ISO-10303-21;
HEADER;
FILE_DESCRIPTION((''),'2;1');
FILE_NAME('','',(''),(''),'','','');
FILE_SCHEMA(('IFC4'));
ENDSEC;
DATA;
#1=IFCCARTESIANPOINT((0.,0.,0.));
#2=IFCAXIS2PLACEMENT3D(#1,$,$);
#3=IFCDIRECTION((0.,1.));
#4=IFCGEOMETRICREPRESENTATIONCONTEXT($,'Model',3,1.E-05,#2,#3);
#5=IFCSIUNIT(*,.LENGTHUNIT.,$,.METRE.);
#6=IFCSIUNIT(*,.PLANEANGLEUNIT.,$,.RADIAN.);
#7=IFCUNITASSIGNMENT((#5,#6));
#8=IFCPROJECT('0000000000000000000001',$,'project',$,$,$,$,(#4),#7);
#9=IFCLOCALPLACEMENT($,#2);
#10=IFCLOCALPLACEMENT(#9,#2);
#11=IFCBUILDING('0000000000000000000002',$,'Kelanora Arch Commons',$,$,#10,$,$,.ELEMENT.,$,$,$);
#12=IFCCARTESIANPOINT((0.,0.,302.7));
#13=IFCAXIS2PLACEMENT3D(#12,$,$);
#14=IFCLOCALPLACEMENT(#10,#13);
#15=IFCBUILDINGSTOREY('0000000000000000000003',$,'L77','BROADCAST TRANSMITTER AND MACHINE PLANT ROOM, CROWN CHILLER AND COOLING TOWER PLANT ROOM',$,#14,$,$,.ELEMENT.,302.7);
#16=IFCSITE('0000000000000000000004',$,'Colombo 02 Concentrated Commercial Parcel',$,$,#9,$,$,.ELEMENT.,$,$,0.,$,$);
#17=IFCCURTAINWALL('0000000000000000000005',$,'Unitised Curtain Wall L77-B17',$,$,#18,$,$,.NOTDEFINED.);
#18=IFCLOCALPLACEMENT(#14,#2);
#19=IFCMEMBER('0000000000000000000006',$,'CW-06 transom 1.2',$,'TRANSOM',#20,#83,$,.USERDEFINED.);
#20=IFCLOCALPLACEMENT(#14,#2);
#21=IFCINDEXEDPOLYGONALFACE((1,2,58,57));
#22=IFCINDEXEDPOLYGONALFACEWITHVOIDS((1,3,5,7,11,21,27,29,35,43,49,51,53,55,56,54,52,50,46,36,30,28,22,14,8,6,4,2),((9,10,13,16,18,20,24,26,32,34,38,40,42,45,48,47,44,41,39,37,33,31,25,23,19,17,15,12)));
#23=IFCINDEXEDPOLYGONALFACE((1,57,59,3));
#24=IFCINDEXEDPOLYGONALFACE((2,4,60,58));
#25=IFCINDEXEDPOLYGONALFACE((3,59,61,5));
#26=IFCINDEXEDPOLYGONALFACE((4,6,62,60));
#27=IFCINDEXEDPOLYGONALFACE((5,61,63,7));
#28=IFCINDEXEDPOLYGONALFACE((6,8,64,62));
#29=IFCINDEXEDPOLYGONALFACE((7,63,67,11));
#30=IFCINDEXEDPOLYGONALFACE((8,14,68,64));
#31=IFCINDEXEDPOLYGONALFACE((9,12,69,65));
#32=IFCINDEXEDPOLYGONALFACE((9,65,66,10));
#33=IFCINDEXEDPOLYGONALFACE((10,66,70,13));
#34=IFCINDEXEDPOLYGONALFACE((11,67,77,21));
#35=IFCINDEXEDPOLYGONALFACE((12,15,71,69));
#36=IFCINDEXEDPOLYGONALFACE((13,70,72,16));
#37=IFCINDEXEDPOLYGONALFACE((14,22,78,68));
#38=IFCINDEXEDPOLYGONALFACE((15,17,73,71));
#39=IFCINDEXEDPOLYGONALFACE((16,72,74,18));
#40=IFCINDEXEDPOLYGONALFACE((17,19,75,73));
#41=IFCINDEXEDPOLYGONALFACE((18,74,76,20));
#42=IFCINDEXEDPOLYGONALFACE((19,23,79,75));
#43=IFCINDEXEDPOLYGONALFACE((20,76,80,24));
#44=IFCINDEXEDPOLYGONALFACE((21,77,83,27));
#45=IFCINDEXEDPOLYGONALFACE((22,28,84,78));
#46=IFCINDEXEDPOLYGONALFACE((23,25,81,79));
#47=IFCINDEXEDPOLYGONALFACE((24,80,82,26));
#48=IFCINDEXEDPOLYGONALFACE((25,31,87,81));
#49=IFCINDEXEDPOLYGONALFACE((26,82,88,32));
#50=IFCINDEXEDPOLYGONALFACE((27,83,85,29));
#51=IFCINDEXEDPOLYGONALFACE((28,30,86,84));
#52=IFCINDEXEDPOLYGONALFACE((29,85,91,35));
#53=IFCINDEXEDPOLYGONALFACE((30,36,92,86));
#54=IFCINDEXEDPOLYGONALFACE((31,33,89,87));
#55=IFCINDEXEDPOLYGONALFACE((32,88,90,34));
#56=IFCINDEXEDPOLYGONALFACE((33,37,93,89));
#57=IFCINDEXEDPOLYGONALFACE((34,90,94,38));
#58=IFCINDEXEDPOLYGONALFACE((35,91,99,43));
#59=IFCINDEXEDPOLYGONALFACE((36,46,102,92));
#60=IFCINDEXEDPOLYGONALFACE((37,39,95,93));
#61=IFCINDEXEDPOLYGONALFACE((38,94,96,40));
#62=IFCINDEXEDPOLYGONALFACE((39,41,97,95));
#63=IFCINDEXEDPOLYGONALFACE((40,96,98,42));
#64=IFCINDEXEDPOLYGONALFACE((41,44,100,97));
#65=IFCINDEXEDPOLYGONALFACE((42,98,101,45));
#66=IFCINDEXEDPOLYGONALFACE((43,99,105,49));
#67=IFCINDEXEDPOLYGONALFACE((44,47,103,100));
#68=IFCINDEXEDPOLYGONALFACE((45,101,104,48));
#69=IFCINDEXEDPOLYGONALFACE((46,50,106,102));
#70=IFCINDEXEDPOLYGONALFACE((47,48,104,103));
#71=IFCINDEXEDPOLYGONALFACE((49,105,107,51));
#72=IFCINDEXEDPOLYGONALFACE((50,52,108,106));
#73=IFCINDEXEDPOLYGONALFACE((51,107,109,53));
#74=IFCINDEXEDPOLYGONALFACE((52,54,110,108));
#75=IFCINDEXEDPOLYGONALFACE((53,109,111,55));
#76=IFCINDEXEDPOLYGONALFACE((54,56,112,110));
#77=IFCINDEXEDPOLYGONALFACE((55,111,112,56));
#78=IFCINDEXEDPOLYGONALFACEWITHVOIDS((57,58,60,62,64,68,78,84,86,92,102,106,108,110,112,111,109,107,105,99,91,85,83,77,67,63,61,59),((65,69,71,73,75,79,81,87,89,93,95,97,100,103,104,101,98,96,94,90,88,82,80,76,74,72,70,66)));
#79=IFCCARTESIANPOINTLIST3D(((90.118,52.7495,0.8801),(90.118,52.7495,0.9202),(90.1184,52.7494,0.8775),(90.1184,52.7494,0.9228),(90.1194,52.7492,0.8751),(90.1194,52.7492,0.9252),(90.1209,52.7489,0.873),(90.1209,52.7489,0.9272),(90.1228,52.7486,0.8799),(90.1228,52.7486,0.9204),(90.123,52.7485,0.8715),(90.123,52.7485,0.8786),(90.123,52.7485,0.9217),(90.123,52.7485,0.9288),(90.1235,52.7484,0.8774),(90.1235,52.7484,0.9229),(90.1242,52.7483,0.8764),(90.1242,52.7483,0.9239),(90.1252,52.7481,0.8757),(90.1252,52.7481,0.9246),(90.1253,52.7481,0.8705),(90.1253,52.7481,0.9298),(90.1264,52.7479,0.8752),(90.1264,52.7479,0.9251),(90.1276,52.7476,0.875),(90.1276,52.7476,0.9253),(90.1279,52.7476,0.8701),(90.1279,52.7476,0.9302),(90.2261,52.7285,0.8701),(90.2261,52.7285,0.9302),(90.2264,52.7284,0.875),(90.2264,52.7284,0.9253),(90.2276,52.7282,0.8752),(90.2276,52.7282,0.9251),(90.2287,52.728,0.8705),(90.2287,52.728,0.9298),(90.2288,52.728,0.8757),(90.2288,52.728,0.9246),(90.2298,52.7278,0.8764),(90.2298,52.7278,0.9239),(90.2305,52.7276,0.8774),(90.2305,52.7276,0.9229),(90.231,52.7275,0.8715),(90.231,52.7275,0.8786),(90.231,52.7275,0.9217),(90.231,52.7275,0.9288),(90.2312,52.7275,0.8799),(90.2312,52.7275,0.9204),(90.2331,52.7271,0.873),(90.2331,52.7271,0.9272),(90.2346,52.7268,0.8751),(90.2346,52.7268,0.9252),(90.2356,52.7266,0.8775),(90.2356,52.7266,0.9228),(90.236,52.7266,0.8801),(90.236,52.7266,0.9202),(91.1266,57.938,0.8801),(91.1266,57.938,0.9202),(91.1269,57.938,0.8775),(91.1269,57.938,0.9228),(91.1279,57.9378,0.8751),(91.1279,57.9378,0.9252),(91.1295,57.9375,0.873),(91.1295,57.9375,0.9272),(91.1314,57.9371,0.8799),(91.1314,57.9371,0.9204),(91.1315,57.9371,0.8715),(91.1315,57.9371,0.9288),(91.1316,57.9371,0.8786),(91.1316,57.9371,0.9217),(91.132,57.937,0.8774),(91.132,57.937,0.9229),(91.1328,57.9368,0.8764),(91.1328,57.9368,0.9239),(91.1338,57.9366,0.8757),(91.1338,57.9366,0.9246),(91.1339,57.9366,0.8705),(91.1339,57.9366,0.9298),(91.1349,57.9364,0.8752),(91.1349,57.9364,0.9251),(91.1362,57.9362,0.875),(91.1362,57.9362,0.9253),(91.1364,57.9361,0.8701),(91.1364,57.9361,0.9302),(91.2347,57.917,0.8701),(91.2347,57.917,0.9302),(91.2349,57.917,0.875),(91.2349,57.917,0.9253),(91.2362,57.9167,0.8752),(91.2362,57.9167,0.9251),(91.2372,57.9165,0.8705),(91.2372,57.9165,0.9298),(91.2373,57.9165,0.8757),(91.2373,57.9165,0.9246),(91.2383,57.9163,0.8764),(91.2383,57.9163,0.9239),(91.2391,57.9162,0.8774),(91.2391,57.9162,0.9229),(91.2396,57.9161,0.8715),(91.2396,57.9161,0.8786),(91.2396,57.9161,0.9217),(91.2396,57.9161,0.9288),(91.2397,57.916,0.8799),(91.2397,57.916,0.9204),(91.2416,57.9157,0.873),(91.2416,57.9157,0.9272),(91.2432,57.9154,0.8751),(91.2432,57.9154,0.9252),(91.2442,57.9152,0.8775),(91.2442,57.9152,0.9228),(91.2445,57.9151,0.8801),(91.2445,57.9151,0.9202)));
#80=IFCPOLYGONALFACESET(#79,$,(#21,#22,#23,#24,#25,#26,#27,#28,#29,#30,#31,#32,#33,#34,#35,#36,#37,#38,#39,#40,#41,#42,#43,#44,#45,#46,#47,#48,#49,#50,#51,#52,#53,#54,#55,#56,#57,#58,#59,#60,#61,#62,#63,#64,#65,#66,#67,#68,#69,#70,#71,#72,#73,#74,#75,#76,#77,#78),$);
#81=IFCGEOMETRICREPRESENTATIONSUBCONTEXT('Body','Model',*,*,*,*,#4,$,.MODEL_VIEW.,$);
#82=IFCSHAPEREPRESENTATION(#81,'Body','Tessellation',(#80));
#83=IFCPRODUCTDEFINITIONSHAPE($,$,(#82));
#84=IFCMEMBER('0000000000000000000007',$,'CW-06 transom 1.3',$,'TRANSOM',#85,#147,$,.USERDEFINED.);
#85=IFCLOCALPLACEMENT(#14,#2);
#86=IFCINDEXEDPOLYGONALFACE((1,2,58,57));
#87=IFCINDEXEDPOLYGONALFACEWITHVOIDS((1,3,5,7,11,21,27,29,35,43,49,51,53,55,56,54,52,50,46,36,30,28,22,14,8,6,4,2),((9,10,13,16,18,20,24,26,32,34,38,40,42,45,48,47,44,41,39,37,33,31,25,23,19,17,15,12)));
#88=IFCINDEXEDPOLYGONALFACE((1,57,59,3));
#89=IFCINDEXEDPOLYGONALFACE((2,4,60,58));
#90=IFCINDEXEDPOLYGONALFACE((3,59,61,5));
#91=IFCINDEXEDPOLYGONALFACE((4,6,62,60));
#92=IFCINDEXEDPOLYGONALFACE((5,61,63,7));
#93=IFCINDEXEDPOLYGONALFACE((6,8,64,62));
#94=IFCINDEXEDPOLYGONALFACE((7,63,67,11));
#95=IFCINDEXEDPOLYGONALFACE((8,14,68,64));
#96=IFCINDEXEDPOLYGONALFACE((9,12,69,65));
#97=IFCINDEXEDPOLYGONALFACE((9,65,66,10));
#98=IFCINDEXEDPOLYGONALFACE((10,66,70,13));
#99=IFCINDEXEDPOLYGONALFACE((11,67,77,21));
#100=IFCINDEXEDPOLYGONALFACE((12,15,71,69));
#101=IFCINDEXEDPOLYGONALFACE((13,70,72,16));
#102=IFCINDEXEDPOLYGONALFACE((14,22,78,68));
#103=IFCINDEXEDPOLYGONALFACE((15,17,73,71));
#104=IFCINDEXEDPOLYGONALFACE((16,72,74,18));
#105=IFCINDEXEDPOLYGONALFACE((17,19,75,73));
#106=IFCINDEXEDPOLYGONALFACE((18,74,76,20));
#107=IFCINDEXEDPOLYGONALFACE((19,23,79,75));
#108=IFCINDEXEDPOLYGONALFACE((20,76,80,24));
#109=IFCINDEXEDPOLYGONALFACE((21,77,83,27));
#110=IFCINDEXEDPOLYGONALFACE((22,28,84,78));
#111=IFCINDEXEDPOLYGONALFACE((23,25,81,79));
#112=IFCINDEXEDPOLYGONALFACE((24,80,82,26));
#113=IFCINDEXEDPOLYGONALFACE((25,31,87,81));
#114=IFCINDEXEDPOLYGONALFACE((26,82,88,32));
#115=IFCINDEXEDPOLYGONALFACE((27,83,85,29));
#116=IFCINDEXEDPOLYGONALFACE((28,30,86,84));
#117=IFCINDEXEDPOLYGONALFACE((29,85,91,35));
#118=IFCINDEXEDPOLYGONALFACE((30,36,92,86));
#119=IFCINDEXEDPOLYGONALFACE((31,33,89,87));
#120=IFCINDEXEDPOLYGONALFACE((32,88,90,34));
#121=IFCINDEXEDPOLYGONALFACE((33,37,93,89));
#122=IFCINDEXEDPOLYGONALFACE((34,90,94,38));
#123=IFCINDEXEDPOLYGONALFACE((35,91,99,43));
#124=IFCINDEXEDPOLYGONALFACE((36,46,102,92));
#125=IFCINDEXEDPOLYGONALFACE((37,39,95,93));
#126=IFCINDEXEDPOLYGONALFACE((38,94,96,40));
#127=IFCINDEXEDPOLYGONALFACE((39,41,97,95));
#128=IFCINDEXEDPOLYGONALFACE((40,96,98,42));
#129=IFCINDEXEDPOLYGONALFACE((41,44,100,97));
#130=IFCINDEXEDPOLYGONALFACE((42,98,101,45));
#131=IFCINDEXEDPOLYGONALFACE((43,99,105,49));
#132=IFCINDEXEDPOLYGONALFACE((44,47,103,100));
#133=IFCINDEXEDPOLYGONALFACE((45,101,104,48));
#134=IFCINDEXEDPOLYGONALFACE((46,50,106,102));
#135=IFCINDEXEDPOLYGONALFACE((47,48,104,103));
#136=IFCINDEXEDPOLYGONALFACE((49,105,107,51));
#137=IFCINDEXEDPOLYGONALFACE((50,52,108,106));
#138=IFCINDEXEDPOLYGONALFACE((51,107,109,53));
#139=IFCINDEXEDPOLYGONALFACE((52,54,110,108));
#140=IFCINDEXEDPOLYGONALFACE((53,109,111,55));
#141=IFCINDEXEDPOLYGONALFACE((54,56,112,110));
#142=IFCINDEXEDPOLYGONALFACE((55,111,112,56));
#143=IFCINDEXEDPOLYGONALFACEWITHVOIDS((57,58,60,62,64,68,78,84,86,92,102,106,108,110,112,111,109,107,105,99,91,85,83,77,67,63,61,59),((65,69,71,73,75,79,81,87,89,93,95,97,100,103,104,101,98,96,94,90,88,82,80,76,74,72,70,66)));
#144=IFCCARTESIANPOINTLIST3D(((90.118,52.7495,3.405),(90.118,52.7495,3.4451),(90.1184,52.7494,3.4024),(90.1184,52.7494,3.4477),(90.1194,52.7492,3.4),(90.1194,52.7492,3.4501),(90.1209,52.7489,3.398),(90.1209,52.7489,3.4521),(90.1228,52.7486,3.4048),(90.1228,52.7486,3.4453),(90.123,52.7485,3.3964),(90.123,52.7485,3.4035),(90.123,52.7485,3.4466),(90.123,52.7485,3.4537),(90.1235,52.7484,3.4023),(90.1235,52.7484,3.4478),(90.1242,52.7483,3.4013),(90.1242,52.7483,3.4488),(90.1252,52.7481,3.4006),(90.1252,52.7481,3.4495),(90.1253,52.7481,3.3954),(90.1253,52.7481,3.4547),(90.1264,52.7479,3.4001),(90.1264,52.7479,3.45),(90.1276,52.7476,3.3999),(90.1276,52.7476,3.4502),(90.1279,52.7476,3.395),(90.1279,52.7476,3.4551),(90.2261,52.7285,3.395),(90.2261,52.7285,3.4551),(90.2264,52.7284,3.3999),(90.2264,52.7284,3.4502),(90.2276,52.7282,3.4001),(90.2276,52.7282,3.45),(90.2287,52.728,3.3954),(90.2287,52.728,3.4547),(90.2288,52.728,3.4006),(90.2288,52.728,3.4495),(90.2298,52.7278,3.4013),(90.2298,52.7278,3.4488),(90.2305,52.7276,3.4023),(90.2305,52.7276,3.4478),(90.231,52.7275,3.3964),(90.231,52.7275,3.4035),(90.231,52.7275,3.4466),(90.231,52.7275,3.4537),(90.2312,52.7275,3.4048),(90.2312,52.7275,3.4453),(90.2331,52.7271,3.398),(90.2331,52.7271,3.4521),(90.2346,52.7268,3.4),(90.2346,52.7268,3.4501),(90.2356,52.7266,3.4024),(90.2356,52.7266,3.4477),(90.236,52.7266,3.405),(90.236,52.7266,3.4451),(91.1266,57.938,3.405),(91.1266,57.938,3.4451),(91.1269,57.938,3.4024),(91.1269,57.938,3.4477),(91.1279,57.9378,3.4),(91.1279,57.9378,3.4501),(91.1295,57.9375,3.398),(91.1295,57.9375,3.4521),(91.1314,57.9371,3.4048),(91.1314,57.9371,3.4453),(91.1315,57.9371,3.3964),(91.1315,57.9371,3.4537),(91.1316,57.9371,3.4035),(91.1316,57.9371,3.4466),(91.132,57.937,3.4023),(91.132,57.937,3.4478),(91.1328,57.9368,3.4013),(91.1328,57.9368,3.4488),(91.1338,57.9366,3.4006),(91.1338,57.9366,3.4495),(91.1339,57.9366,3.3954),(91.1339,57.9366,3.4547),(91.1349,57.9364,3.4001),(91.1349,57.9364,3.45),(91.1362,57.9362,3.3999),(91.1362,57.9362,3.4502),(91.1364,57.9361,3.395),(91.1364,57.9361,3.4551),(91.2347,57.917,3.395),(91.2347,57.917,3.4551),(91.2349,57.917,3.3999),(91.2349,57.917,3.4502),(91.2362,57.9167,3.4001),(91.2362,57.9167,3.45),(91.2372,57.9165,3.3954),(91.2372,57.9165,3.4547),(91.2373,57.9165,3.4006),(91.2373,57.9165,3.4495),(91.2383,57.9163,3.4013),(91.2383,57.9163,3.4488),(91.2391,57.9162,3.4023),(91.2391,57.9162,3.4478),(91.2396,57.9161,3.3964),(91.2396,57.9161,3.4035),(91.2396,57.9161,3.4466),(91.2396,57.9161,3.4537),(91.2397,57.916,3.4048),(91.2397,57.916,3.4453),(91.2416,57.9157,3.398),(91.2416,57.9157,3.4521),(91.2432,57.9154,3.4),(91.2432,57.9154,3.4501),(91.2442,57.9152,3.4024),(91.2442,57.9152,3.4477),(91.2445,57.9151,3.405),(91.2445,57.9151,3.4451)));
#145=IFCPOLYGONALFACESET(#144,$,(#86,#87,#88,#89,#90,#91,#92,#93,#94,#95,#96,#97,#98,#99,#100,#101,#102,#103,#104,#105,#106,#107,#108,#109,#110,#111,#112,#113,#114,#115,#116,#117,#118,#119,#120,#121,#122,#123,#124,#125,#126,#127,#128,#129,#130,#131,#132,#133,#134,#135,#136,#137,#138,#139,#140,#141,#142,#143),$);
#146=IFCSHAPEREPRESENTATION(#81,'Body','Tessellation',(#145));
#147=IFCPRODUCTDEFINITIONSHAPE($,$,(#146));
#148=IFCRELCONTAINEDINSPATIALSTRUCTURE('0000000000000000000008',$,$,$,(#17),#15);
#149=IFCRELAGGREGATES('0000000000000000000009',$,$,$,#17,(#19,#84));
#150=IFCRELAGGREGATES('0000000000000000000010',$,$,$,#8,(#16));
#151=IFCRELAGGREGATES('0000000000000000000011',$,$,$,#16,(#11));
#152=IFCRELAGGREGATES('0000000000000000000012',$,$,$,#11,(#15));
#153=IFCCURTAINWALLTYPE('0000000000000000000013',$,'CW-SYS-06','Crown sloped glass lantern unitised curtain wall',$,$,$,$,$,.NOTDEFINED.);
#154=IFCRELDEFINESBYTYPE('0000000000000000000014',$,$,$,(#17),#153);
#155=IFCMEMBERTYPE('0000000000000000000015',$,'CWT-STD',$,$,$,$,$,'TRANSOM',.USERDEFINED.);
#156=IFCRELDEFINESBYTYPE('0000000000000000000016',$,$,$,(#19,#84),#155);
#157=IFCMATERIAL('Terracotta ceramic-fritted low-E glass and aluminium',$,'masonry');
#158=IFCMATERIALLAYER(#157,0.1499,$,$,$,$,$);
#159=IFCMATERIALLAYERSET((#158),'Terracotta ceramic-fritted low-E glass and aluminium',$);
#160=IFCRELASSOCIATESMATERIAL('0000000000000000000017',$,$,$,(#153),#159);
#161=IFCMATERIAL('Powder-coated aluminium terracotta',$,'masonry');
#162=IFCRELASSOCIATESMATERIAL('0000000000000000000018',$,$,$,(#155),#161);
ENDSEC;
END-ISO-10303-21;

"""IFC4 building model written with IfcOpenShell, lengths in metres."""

from ifc_helpers import new_model, si_unit, direction, frame, origin, origin_2d, place, context, subcontext, project, spatial, hollow_rectangle, extrude, material, layer, layer_set, material_profile, profile_set, type_object, element, aggregate, save


model = new_model("IFC4")

# Units and contexts
model_context = context("Model", 3, precision=1e-05, world=origin(), true_north=direction((0.0, 1.0)))
body_context = subcontext(model_context, "Body", "Model", "MODEL_VIEW")
ifc_project = project(units=[si_unit("LENGTHUNIT", "METRE"), si_unit("PLANEANGLEUNIT", "RADIAN")], contexts=[model_context])

# Site, building, storey
site_placement = place(None, origin())
site = spatial("IfcSite", under=ifc_project, at=site_placement, Name="Colombo 02 Concentrated Commercial Parcel", CompositionType="ELEMENT", RefElevation=0.0)
building_placement = place(site_placement, origin())
building = spatial("IfcBuilding", under=site, at=building_placement, Name="Kelanora Arch Commons", CompositionType="ELEMENT")
storey_placement = place(building_placement, frame((0.0, 0.0, 302.7)))
storey = spatial("IfcBuildingStorey", under=building, at=storey_placement, Name="L77", Description="BROADCAST TRANSMITTER AND MACHINE PLANT ROOM, CROWN CHILLER AND COOLING TOWER PLANT ROOM", CompositionType="ELEMENT", Elevation=302.7)

# Shared definitions
ifc_material_1 = material(Name="Terracotta ceramic-fritted low-E glass and aluminium", Category="masonry")
ifc_layer_1 = layer(ifc_material_1, 0.1499)
ifc_layer_set_1 = layer_set([ifc_layer_1], Name="Terracotta ceramic-fritted low-E glass and aluminium")
curtain_wall_type = type_object("IfcCurtainWallType", Name="CW-SYS-06", Description="Crown sloped glass lantern unitised curtain wall", PredefinedType="NOTDEFINED", material=ifc_layer_set_1)
ifc_material_2 = material(Name="Powder-coated aluminium terracotta", Category="masonry")

# Curtain wall, members
curtain_wall_1_placement = place(storey_placement, origin())
curtain_wall_1 = element("IfcCurtainWall", 1, at=curtain_wall_1_placement, inside=storey, type_object=curtain_wall_type, Name="Unitised Curtain Wall L77-B17", PredefinedType="NOTDEFINED")
ifc_material_profile_1 = material_profile(ifc_material_2, hollow_rectangle(XDim=0.1201, YDim=0.0601, WallThickness=0.0049, InnerFilletRadius=0.0049, OuterFilletRadius=0.01, at=origin_2d()), Name="CWT120x60")
ifc_profile_set_1 = profile_set([ifc_material_profile_1], Name="Powder-coated aluminium terracotta")
member_type_1 = type_object("IfcMemberType", Name="CWT-STD", ElementType="TRANSOM", PredefinedType="USERDEFINED", material=ifc_profile_set_1)
member_1_placement = place(storey_placement, frame((90.177, 52.738, 0.9001), z_axis=(0.19081, 0.981627, 0.0), x_axis=(-0.981627, 0.19081, 0.0)))
member_1 = element("IfcMember", 2, at=member_1_placement, type_object=member_type_1, Name="CW-06 transom 1.2", ObjectType="TRANSOM", PredefinedType="USERDEFINED", context=body_context, shape_type="SweptSolid", body=[
    extrude(hollow_rectangle(XDim=0.1201, YDim=0.0601, WallThickness=0.0049, InnerFilletRadius=0.0049, OuterFilletRadius=0.01, at=origin_2d()), origin(), (0.0, 0.0, 1.0), 5.2856),
])
member_2_placement = place(storey_placement, frame((90.177, 52.738, 3.425), z_axis=(0.19081, 0.981627, 0.0), x_axis=(-0.981627, 0.19081, 0.0)))
member_2 = element("IfcMember", 3, at=member_2_placement, type_object=member_type_1, Name="CW-06 transom 1.3", ObjectType="TRANSOM", PredefinedType="USERDEFINED", context=body_context, shape_type="SweptSolid", body=[
    extrude(hollow_rectangle(XDim=0.1201, YDim=0.0601, WallThickness=0.0049, InnerFilletRadius=0.0049, OuterFilletRadius=0.01, at=origin_2d()), origin(), (0.0, 0.0, 1.0), 5.2856),
])
aggregate(curtain_wall_1, [member_1, member_2])

save(model, "model.ifc")
